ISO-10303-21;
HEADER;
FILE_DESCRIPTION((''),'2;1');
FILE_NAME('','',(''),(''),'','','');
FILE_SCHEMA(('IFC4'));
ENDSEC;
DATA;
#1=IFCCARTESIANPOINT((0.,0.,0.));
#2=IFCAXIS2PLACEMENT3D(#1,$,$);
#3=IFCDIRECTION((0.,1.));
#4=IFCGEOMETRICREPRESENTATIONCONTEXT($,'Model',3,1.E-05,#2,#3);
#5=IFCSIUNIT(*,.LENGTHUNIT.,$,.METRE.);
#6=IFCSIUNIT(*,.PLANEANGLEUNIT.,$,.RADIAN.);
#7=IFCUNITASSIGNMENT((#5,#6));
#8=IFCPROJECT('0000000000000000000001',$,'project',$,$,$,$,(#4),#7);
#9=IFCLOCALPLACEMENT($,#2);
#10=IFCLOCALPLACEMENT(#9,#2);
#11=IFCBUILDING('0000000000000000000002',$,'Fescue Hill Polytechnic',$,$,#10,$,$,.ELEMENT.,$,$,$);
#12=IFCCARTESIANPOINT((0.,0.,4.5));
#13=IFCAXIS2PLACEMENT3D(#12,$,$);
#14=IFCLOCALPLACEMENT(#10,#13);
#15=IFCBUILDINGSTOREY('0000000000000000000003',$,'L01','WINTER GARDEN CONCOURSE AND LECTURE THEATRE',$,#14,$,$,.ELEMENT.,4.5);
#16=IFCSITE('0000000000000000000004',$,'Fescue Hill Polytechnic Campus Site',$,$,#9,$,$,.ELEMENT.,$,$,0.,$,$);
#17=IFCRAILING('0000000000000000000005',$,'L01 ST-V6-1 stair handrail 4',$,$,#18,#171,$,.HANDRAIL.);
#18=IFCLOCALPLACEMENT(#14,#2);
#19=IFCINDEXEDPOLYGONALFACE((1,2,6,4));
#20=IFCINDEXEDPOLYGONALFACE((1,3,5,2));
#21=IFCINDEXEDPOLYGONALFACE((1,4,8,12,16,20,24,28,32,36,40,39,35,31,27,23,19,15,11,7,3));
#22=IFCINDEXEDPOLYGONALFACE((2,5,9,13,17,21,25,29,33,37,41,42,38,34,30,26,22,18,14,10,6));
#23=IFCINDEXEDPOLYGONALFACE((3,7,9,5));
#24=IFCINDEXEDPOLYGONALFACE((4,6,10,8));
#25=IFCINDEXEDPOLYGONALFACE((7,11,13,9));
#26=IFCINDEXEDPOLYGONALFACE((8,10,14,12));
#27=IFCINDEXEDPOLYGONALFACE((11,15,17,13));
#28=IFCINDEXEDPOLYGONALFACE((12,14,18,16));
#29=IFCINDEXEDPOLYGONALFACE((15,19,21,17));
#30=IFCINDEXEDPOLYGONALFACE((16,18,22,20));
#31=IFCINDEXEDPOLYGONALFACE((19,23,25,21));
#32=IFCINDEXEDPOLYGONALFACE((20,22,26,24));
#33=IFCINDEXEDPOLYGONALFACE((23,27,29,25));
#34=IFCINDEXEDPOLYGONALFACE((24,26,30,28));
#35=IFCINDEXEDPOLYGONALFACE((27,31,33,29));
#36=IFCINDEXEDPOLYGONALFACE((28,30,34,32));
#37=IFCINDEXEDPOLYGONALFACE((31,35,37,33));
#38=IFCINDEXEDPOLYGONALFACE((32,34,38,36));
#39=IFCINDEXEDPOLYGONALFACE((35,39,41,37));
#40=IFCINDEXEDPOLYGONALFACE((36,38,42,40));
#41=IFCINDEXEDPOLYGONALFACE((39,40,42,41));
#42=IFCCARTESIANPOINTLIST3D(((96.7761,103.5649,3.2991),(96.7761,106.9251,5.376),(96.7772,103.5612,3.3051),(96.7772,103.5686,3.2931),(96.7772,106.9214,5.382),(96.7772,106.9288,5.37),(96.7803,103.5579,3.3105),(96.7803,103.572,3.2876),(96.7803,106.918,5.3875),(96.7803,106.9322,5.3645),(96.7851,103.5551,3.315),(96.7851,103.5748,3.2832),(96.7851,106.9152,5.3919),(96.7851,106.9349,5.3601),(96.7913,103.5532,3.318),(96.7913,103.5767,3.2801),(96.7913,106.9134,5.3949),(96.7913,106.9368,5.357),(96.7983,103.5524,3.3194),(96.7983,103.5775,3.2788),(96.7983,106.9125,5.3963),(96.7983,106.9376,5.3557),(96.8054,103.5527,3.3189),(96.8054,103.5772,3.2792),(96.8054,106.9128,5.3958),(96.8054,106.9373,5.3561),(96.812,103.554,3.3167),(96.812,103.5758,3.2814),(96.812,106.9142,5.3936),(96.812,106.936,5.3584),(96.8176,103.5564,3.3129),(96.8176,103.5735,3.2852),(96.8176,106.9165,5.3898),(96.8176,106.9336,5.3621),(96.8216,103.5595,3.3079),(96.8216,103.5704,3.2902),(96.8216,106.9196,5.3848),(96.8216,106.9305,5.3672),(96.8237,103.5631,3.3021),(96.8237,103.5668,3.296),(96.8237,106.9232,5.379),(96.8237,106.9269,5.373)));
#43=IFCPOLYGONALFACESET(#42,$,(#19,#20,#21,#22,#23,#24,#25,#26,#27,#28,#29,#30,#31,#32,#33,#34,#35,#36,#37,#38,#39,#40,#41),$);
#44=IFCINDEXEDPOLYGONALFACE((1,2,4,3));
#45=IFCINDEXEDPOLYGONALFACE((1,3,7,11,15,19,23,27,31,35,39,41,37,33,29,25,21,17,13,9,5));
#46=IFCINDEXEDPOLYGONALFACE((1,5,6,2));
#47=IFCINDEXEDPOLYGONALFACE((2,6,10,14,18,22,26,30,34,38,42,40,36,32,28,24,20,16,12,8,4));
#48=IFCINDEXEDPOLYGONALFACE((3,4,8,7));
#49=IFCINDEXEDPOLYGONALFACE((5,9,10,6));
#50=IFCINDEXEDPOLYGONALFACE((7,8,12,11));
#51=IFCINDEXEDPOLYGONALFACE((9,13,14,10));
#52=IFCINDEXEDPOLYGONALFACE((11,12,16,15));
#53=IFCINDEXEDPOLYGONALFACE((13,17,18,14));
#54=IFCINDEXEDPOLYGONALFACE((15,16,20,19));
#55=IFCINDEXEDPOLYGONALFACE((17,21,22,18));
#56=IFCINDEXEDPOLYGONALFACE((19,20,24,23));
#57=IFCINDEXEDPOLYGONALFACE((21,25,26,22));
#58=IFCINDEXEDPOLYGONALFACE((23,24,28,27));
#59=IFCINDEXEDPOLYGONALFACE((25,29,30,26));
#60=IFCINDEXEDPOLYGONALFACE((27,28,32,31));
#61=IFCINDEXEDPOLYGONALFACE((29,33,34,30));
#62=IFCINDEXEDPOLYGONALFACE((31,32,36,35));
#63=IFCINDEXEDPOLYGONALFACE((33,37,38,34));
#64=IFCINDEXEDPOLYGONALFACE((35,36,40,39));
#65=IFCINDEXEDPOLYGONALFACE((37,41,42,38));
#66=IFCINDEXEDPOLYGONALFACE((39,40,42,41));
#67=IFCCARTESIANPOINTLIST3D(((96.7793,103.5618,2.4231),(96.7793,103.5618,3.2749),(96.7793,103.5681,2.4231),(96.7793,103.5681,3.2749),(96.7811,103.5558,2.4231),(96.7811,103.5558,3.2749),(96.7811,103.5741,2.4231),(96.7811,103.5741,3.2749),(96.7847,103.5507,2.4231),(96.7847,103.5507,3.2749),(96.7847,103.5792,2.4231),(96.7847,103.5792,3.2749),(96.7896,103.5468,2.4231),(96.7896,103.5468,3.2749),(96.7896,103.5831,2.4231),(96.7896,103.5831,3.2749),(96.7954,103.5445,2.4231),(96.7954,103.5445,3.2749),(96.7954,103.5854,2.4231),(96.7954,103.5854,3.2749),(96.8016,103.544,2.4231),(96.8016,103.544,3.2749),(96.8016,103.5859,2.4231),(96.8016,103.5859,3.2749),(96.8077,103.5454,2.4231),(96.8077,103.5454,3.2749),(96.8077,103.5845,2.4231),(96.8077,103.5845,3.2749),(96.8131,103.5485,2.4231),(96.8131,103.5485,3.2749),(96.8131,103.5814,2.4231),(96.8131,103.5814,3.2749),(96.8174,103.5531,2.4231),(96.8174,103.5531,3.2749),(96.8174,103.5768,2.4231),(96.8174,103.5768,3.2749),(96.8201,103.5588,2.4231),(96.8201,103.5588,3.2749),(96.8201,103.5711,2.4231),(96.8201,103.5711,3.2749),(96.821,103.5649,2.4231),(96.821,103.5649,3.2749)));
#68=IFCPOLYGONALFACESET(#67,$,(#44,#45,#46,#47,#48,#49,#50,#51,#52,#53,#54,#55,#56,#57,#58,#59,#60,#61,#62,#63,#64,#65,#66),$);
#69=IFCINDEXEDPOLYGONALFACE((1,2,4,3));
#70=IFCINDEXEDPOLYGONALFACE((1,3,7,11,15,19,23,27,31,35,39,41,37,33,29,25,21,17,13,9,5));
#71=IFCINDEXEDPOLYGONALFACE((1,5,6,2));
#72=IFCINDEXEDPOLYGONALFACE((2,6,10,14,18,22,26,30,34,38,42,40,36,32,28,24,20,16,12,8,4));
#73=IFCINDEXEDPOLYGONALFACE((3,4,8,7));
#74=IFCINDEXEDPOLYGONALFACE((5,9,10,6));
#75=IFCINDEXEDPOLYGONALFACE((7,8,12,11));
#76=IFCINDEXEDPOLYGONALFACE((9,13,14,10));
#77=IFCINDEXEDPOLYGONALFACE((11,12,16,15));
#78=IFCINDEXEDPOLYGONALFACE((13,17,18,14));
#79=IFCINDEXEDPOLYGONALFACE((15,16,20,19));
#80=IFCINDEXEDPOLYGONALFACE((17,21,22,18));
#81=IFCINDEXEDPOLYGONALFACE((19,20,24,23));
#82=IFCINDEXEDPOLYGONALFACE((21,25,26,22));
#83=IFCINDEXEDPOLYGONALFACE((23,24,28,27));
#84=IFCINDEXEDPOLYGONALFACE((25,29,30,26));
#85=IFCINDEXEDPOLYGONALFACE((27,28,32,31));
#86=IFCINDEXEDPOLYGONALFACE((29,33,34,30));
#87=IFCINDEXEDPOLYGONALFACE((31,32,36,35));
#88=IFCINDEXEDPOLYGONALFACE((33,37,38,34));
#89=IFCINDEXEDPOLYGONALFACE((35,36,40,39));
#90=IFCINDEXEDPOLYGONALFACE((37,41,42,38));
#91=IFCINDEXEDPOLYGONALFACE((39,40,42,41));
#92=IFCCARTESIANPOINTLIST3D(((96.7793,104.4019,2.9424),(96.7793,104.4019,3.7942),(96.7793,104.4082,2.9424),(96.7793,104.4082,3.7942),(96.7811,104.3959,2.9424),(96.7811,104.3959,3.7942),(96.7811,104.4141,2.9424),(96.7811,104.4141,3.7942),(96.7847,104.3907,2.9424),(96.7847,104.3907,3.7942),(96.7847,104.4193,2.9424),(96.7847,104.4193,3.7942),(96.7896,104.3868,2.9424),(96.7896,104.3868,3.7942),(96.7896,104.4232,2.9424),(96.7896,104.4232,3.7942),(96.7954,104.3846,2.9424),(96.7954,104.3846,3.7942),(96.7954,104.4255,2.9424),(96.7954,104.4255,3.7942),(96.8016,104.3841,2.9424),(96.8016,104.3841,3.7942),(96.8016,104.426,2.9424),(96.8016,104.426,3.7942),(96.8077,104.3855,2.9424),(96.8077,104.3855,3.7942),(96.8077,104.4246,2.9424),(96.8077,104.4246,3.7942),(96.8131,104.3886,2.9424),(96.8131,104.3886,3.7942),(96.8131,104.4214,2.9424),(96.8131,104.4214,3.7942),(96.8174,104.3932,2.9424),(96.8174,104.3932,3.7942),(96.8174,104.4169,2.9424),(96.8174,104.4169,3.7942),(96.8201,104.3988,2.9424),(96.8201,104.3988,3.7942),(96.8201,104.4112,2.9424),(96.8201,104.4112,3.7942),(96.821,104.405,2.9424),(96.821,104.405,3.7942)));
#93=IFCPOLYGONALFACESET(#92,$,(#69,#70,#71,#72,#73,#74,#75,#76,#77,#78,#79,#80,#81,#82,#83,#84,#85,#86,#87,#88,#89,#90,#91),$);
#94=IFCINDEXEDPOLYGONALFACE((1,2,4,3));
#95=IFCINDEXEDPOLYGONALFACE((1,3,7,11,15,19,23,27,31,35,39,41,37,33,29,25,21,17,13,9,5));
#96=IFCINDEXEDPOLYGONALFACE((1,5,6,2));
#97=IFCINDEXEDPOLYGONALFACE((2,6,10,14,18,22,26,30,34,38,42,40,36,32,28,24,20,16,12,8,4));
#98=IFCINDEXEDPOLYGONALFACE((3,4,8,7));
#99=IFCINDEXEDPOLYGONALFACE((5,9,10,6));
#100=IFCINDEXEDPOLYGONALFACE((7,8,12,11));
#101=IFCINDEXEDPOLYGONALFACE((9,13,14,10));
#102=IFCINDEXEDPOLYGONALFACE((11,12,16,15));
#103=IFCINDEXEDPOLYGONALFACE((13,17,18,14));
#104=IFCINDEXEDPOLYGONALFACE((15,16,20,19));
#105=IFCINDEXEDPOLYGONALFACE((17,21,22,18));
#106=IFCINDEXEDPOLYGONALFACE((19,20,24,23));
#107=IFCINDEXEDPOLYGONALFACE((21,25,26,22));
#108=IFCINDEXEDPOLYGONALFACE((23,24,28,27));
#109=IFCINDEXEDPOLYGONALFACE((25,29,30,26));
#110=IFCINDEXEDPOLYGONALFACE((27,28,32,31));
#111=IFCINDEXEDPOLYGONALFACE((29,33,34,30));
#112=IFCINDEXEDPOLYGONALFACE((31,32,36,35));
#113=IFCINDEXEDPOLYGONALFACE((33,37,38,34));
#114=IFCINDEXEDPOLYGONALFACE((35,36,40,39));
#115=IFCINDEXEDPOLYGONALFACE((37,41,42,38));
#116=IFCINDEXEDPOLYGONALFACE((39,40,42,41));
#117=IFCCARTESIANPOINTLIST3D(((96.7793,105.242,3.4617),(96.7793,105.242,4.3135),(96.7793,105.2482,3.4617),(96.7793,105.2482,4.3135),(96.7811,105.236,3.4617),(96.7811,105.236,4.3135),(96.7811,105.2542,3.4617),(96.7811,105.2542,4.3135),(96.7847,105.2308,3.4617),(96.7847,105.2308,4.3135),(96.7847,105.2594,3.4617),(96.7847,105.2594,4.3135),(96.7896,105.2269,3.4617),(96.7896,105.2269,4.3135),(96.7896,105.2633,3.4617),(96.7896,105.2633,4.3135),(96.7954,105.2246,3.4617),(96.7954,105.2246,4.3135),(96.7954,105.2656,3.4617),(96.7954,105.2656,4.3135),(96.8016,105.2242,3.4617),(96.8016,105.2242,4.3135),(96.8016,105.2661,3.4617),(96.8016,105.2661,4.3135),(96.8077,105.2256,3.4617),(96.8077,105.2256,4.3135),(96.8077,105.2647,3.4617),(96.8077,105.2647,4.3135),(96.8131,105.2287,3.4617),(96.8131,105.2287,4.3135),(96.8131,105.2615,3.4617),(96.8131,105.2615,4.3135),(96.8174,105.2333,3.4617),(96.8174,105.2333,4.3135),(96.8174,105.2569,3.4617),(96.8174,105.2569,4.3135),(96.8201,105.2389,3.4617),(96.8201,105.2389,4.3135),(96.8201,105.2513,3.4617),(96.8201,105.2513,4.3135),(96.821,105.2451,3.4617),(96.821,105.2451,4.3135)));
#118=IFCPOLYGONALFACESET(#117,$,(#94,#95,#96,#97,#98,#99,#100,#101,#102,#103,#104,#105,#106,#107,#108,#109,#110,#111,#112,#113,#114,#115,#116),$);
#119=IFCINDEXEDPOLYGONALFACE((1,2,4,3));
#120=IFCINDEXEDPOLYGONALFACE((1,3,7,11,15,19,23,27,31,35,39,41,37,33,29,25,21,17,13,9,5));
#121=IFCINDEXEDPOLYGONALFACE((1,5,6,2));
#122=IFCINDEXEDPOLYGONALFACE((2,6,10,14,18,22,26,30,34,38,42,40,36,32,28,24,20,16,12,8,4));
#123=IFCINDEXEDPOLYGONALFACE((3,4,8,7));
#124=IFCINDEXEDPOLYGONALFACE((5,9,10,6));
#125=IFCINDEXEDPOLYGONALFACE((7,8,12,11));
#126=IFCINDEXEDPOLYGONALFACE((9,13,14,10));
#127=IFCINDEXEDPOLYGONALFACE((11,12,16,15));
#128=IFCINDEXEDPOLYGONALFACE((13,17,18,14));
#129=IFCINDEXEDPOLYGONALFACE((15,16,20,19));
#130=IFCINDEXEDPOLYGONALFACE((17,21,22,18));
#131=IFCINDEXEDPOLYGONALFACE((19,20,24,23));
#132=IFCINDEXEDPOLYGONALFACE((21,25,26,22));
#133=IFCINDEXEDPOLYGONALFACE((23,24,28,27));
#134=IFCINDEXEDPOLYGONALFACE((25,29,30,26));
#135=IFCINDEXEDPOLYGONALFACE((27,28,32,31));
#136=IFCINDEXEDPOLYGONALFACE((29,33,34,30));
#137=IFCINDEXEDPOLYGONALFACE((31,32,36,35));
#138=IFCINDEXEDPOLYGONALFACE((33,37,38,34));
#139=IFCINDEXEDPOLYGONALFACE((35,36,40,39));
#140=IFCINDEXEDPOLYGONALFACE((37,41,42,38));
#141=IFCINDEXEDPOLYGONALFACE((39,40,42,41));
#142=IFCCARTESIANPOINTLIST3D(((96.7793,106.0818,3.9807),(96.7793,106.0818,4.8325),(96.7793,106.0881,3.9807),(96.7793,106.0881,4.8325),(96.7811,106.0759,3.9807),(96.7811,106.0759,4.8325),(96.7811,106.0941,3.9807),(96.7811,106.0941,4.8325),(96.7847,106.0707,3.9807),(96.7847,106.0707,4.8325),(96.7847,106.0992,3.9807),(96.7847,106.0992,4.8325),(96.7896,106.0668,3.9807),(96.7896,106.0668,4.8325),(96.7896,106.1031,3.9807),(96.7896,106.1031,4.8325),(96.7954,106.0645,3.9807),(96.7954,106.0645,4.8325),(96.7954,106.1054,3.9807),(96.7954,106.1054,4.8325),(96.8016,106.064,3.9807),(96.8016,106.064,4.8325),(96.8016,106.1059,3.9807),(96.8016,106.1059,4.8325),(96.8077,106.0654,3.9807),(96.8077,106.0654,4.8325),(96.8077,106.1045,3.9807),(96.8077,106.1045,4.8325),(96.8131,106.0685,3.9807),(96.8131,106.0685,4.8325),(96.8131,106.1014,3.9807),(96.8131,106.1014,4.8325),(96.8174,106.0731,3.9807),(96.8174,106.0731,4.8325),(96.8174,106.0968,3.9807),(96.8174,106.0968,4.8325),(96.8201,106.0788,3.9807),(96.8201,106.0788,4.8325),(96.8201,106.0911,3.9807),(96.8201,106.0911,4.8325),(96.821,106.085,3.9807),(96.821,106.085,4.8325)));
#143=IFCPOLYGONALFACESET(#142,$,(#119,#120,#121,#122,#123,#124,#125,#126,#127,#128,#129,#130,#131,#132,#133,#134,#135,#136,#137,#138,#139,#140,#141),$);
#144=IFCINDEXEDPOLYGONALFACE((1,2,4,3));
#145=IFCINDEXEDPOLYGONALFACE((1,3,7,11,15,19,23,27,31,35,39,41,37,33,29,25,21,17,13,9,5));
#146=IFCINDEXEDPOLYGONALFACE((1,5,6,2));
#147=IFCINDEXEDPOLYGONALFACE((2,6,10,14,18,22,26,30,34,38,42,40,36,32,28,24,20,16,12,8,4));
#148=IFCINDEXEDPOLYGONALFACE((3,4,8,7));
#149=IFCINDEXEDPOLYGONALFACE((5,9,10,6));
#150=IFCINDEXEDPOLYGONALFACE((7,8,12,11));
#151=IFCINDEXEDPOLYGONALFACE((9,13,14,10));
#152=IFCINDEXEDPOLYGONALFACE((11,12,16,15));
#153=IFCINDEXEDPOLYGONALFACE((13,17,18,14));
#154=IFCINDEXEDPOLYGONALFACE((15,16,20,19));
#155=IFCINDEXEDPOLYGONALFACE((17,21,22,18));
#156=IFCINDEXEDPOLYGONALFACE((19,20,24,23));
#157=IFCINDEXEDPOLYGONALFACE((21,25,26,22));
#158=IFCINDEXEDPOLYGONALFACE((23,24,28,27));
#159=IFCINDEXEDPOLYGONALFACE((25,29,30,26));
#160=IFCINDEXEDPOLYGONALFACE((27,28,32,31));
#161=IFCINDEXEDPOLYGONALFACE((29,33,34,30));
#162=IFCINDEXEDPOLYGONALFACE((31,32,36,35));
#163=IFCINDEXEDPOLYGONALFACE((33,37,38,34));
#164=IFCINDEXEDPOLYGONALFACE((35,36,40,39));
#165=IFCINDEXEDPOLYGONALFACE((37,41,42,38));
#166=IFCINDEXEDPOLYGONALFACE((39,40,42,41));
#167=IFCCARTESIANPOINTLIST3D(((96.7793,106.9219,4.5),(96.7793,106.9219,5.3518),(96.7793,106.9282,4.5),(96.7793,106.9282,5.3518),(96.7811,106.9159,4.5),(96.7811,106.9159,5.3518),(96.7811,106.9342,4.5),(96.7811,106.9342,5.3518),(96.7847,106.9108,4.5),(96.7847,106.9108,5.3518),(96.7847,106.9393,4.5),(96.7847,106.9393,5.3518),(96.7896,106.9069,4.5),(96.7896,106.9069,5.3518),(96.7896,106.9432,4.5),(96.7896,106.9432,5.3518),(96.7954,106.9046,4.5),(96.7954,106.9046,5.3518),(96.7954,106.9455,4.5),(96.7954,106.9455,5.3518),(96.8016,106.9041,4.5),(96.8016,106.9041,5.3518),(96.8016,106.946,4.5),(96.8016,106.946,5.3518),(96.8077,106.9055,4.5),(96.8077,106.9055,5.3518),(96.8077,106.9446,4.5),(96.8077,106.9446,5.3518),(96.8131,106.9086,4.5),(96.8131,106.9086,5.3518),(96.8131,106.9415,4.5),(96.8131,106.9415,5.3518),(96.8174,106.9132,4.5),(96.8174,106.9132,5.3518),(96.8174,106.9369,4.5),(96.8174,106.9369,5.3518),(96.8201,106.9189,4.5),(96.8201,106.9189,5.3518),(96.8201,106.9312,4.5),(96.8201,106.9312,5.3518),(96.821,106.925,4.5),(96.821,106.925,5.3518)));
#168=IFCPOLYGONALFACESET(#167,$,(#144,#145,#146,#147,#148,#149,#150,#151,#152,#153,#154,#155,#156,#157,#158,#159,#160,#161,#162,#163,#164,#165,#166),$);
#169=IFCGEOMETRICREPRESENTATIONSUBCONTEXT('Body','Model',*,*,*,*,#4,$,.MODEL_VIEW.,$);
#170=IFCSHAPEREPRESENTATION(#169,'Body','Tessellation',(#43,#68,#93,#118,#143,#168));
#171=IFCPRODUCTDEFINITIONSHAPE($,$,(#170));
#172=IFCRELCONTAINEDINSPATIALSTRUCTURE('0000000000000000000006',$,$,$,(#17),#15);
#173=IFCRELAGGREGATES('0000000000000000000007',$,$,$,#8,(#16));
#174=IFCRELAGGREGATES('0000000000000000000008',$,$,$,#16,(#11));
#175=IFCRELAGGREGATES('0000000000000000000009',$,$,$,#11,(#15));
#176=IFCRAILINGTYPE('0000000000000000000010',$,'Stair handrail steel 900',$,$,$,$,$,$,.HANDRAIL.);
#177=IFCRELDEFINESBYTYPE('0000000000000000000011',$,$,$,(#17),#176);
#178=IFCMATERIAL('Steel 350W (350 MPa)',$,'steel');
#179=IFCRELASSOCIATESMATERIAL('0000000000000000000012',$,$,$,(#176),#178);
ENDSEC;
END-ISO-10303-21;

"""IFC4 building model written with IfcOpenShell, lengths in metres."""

from ifc_helpers import new_model, si_unit, direction, frame, origin, origin_2d, place, context, subcontext, project, spatial, circle, extrude, material, type_object, element, save


model = new_model("IFC4")

# Units and contexts
model_context = context("Model", 3, precision=1e-05, world=origin(), true_north=direction((0.0, 1.0)))
body_context = subcontext(model_context, "Body", "Model", "MODEL_VIEW")
ifc_project = project(units=[si_unit("LENGTHUNIT", "METRE"), si_unit("PLANEANGLEUNIT", "RADIAN")], contexts=[model_context])

# Site, building, storey
site_placement = place(None, origin())
site = spatial("IfcSite", under=ifc_project, at=site_placement, Name="Fescue Hill Polytechnic Campus Site", CompositionType="ELEMENT", RefElevation=0.0)
building_placement = place(site_placement, origin())
building = spatial("IfcBuilding", under=site, at=building_placement, Name="Fescue Hill Polytechnic", CompositionType="ELEMENT")
storey_placement = place(building_placement, frame((0.0, 0.0, 4.5)))
storey = spatial("IfcBuildingStorey", under=building, at=storey_placement, Name="L01", Description="WINTER GARDEN CONCOURSE AND LECTURE THEATRE", CompositionType="ELEMENT", Elevation=4.5)

# Railing
ifc_material_1 = material(Name="Steel 350W (350 MPa)", Category="steel")
railing_type_1 = type_object("IfcRailingType", Name="Stair handrail steel 900", PredefinedType="HANDRAIL", material=ifc_material_1)
for number, where, name in (
    (1, (96.8, 103.5649, 2.4231), "L01 ST-V6-1 stair handrail 4"),
):
    element("IfcRailing", number, at=place(storey_placement, frame(where)), inside=storey, type_object=railing_type_1, Name=name, PredefinedType="HANDRAIL", context=body_context, shape_type="SweptSolid", body=[
        extrude(circle(Radius=0.0239, at=origin_2d()), frame((0.0, 0.0, 0.876), z_axis=(0.0, 0.850623, 0.525776), x_axis=(-1.0, 0.0, 0.0)), (0.0, 0.0, 1.0), 3.9502),
        extrude(circle(Radius=0.021, at=origin_2d()), origin(), (0.0, 0.0, 1.0), 0.8518),
        extrude(circle(Radius=0.021, at=origin_2d()), frame((0.0, 0.8401, 0.5193)), (0.0, 0.0, 1.0), 0.8518),
        extrude(circle(Radius=0.021, at=origin_2d()), frame((0.0, 1.6802, 1.0386)), (0.0, 0.0, 1.0), 0.8518),
        extrude(circle(Radius=0.021, at=origin_2d()), frame((0.0, 2.52, 1.5576)), (0.0, 0.0, 1.0), 0.8518),
        extrude(circle(Radius=0.021, at=origin_2d()), frame((0.0, 3.3601, 2.0769)), (0.0, 0.0, 1.0), 0.8518),
    ])

save(model, "model.ifc")
